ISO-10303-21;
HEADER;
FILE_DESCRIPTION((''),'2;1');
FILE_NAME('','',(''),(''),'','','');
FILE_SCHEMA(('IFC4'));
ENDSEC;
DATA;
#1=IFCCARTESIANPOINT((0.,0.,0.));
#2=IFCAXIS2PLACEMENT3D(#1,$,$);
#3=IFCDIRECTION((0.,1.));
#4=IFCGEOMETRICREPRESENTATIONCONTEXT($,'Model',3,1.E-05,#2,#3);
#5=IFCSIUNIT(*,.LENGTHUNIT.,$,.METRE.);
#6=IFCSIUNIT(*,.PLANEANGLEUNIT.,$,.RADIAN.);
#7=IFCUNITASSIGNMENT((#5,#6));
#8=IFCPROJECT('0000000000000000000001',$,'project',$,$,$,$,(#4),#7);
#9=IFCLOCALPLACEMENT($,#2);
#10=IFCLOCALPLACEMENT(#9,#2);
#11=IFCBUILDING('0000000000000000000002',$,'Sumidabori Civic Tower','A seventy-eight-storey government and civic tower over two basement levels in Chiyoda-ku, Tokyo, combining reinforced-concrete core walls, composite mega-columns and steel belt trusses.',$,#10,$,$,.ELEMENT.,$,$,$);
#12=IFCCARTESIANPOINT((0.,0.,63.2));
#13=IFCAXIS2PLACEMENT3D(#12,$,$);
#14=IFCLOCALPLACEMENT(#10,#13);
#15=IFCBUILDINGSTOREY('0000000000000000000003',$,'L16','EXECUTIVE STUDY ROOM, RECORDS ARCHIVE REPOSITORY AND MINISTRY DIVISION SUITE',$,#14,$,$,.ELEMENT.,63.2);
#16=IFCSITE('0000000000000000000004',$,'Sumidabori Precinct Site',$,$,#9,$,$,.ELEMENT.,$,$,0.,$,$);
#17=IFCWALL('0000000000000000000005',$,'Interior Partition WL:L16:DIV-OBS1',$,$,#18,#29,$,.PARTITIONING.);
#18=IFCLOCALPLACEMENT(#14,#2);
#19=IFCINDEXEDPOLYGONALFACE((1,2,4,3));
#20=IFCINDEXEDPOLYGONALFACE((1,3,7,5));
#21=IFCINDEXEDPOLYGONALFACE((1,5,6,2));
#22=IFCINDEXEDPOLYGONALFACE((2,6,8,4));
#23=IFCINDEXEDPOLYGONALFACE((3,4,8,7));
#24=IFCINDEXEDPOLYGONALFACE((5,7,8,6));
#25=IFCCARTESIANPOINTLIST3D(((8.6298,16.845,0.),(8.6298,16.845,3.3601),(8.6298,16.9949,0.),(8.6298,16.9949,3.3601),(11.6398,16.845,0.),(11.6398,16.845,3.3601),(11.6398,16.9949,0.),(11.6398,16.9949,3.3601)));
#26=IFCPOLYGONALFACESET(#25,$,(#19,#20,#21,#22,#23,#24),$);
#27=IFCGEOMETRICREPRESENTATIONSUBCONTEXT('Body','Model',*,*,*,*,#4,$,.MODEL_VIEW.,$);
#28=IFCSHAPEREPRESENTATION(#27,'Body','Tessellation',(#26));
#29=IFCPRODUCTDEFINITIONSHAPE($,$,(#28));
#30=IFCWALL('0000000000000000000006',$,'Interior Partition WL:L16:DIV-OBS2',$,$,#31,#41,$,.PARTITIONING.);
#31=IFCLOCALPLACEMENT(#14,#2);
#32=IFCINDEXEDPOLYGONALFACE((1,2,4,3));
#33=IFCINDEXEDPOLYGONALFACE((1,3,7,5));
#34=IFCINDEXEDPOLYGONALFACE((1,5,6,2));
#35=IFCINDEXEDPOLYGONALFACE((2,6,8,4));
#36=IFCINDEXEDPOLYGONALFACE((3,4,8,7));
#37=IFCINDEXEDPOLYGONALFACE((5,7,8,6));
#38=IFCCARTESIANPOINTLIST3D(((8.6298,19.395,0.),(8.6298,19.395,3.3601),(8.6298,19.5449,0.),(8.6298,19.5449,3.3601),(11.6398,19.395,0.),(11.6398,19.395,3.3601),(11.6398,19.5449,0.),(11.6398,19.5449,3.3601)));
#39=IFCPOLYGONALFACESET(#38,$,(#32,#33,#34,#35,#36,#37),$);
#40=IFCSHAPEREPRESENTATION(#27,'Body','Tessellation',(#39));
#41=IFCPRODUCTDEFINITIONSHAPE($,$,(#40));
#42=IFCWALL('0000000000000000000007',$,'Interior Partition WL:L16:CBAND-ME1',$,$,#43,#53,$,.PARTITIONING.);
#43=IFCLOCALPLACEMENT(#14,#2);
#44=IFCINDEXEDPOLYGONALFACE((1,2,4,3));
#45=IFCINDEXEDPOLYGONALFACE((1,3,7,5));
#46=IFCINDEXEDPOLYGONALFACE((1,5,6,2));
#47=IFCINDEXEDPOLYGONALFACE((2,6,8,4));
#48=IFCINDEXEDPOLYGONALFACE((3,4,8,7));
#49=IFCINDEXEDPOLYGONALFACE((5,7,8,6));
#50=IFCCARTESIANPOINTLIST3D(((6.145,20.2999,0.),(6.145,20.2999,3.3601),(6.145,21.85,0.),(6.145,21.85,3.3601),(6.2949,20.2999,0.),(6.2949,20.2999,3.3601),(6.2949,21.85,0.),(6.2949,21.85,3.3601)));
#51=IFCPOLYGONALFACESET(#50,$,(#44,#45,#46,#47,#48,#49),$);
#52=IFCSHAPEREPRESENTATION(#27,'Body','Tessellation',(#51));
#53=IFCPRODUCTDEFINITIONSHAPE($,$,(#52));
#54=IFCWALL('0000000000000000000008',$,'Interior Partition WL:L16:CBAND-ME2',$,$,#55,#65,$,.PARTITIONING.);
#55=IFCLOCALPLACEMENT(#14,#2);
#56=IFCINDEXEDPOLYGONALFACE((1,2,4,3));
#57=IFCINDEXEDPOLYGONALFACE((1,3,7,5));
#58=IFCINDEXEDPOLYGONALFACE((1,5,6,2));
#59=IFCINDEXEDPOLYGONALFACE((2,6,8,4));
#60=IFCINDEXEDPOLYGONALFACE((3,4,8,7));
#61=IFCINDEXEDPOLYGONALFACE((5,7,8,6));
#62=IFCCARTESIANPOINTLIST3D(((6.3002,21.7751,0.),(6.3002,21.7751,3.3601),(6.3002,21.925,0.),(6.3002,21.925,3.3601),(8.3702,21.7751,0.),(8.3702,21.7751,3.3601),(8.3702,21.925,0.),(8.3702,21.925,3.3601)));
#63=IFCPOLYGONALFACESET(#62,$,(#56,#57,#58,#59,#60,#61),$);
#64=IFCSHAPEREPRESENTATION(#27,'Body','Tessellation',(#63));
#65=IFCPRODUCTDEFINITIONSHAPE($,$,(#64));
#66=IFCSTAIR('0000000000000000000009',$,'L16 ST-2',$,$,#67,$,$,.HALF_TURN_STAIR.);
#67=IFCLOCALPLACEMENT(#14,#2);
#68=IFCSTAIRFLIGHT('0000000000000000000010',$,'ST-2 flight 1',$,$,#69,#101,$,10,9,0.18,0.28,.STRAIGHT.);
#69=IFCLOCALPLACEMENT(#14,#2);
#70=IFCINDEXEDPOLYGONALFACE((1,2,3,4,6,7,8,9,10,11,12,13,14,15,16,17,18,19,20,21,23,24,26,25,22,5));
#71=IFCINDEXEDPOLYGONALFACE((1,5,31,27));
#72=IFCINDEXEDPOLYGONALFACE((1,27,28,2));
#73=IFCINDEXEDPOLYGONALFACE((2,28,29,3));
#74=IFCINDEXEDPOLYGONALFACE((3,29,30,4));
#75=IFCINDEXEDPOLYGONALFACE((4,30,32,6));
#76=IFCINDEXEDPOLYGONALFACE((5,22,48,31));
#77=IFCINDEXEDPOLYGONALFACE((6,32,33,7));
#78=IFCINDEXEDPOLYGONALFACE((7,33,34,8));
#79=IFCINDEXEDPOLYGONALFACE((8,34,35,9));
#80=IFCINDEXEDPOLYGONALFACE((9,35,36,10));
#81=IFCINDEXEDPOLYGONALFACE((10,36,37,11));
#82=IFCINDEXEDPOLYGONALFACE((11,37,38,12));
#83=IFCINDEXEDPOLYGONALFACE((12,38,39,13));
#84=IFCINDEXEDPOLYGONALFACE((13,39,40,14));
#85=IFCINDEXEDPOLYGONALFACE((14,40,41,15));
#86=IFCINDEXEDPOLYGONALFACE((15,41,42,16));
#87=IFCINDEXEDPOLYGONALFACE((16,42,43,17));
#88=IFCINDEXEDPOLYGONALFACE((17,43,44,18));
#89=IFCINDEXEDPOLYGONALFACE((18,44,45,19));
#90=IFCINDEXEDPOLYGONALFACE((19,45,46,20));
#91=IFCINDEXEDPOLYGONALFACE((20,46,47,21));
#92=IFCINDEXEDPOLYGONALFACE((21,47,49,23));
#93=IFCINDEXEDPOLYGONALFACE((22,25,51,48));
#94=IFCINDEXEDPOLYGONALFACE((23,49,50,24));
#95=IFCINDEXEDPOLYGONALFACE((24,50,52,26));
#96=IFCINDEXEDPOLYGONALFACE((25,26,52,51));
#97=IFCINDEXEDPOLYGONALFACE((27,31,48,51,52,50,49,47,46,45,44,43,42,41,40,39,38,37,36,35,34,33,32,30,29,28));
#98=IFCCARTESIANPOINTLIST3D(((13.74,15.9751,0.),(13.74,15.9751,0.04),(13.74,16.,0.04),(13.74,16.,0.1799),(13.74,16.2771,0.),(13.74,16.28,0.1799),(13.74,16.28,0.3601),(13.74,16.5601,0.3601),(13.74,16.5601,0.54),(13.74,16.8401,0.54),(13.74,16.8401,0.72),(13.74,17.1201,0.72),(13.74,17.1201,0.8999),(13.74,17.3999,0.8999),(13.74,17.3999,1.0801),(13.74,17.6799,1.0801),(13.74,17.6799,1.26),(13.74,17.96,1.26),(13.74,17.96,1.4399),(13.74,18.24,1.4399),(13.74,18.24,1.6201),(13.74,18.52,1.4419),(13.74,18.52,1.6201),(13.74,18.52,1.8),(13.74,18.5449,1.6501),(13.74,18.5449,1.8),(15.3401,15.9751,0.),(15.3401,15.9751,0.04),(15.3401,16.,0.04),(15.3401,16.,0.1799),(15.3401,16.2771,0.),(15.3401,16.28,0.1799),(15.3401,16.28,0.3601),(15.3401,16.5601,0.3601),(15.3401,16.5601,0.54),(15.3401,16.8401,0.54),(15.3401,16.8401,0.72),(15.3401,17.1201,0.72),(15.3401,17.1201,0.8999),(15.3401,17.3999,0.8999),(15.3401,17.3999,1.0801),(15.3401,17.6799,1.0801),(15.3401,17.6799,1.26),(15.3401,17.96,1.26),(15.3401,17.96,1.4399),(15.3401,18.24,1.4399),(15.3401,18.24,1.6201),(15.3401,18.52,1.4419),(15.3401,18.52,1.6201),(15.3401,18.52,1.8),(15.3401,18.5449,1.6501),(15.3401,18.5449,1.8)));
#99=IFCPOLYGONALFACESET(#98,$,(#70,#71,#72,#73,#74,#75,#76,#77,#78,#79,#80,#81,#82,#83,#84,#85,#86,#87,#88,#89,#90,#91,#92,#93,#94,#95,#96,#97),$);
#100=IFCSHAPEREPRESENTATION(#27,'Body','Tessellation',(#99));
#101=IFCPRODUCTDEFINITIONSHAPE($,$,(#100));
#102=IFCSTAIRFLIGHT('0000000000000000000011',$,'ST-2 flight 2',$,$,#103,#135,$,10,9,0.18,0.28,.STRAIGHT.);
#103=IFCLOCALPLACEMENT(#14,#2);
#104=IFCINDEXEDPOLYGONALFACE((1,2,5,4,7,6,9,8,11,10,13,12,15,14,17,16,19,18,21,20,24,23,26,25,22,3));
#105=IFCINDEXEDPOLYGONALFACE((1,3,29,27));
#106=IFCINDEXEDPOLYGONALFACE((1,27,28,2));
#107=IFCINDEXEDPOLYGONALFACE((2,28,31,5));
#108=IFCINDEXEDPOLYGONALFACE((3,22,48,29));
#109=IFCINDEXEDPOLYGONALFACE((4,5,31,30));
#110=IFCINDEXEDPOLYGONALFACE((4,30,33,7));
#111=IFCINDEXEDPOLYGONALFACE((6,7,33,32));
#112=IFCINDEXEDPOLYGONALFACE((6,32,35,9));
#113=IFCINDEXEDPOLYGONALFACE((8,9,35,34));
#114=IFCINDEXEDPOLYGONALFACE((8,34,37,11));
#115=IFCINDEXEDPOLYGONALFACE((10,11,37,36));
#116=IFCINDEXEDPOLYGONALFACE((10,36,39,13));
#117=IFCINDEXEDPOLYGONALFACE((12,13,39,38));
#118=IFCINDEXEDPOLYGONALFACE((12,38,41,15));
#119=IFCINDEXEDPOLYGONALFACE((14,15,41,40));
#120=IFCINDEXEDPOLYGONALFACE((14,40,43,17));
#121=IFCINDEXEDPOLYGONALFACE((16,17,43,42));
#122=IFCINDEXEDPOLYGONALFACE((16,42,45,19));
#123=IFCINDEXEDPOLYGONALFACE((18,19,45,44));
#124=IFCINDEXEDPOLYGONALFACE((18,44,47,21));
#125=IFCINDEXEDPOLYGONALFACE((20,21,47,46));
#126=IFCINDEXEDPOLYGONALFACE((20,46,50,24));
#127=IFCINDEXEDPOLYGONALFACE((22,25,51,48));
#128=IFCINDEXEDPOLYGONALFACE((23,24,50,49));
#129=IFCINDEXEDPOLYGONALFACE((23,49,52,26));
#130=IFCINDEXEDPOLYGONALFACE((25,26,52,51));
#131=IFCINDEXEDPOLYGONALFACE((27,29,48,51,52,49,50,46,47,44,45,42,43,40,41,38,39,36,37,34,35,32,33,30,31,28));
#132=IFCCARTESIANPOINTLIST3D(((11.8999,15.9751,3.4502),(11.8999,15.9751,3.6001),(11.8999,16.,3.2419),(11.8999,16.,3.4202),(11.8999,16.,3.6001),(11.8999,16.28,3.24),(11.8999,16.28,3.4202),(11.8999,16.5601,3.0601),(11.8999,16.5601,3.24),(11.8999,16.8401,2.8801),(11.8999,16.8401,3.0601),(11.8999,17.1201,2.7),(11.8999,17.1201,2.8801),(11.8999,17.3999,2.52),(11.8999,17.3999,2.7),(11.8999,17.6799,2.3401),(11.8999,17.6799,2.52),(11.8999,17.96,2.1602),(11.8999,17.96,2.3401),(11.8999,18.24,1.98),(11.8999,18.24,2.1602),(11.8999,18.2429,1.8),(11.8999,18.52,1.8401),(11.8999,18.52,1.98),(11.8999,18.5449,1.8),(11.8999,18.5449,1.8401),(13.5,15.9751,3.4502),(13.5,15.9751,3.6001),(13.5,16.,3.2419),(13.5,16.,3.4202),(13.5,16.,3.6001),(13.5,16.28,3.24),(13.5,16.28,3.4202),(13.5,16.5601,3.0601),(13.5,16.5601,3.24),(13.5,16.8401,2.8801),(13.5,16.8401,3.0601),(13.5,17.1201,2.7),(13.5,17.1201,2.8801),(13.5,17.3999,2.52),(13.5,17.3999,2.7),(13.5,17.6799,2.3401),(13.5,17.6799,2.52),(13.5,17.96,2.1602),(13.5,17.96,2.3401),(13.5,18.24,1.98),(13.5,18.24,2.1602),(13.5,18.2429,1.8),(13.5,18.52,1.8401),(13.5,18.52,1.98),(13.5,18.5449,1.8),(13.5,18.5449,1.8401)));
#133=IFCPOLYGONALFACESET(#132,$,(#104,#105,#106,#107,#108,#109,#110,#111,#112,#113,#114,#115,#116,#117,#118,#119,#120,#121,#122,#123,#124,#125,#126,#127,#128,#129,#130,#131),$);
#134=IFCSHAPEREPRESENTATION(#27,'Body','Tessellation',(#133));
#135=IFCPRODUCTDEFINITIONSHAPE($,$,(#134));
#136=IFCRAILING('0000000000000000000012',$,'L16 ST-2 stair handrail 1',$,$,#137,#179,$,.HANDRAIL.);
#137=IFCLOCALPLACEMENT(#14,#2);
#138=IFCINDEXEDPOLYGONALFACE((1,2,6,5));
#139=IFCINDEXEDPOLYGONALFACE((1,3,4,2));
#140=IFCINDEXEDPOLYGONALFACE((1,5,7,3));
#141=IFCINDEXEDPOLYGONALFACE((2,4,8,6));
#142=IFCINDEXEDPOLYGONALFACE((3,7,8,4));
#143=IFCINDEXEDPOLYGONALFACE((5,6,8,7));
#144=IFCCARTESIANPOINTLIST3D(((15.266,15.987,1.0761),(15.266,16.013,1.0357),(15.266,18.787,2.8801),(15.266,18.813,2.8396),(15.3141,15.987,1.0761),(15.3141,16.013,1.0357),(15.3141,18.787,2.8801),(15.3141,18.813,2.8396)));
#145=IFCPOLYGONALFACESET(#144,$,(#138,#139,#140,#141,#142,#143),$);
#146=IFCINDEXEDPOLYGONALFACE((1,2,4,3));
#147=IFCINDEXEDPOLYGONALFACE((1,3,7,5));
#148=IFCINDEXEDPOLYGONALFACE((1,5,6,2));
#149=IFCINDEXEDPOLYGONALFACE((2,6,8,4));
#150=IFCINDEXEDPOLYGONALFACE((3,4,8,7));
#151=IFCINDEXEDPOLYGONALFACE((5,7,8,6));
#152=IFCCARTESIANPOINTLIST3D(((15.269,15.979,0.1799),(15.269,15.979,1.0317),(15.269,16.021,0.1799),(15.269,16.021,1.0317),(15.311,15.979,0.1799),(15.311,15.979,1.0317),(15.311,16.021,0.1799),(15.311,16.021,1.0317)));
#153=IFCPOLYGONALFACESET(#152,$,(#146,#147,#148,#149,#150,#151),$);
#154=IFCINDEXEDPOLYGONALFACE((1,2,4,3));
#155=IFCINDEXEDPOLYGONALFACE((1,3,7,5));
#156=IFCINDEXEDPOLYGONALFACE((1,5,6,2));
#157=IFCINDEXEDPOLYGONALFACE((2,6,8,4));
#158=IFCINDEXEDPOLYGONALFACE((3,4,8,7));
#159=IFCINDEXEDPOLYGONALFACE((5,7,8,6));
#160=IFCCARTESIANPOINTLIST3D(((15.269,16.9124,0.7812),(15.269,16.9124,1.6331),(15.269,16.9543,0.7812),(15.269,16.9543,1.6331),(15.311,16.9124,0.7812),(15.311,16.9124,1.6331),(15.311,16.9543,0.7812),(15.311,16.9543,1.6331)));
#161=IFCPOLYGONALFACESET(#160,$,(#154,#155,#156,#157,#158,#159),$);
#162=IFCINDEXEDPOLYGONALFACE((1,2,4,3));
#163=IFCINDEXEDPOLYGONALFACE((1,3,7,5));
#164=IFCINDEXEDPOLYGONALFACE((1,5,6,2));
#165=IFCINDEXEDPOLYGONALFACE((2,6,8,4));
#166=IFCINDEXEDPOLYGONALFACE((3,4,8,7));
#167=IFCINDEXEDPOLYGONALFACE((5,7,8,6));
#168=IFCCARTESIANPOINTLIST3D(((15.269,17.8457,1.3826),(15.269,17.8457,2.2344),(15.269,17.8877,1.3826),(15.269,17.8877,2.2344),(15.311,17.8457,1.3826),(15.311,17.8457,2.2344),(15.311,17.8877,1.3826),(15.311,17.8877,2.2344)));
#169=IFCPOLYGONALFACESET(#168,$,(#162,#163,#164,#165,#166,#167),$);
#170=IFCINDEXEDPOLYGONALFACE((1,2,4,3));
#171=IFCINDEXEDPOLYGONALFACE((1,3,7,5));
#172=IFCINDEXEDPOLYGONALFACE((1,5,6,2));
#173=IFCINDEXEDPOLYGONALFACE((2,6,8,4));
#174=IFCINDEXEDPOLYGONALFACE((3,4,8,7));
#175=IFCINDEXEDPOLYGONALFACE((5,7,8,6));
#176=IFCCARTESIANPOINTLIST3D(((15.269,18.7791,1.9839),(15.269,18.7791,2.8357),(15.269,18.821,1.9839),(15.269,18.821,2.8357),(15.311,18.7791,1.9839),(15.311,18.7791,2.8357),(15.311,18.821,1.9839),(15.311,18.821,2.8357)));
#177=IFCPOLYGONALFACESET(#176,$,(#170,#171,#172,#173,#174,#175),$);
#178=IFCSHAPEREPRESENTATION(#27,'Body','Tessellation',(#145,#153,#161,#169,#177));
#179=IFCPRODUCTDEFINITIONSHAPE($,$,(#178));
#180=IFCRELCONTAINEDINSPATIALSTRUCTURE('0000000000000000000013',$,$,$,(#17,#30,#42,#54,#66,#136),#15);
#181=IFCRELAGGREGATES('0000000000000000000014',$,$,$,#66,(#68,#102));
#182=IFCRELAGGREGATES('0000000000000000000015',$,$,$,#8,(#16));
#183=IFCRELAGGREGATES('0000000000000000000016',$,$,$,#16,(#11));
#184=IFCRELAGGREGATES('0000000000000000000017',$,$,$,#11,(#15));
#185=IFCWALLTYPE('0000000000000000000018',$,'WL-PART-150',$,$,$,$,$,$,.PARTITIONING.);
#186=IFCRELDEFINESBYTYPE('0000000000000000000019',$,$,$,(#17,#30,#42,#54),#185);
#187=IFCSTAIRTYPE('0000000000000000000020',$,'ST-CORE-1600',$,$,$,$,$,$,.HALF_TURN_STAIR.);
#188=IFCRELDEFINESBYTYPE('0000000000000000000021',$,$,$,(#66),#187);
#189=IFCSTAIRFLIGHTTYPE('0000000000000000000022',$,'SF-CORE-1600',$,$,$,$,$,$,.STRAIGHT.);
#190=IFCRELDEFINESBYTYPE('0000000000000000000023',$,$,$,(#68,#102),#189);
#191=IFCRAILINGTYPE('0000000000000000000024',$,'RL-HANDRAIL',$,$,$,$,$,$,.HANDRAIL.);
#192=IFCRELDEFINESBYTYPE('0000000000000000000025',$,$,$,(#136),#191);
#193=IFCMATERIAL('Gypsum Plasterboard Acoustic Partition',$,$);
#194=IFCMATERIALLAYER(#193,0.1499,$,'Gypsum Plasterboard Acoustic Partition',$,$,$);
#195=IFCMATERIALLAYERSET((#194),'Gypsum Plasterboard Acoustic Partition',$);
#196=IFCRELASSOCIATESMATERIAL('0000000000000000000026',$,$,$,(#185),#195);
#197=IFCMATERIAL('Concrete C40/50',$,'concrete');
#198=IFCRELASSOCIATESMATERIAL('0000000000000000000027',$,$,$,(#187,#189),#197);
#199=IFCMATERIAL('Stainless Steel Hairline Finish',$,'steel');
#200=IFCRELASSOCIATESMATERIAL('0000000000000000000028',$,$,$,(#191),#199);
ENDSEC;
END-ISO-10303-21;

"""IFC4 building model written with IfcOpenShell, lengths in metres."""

from ifc_helpers import new_model, si_unit, direction, frame, frame_2d, origin, origin_2d, place, context, subcontext, project, spatial, polyline, rectangle, outline, extrude, source, transform, mapped, material, layer, layer_set, type_object, element, aggregate, save


model = new_model("IFC4")

# Units and contexts
model_context = context("Model", 3, precision=1e-05, world=origin(), true_north=direction((0.0, 1.0)))
body_context = subcontext(model_context, "Body", "Model", "MODEL_VIEW")
ifc_project = project(units=[si_unit("LENGTHUNIT", "METRE"), si_unit("PLANEANGLEUNIT", "RADIAN")], contexts=[model_context])

# Site, building, storey
site_placement = place(None, origin())
site = spatial("IfcSite", under=ifc_project, at=site_placement, Name="Sumidabori Precinct Site", CompositionType="ELEMENT", RefElevation=0.0)
building_placement = place(site_placement, origin())
building = spatial("IfcBuilding", under=site, at=building_placement, Name="Sumidabori Civic Tower", Description="A seventy-eight-storey government and civic tower over two basement levels in Chiyoda-ku, Tokyo, combining reinforced-concrete core walls, composite mega-columns and steel belt trusses.", CompositionType="ELEMENT")
storey_placement = place(building_placement, frame((0.0, 0.0, 63.2)))
storey = spatial("IfcBuildingStorey", under=building, at=storey_placement, Name="L16", Description="EXECUTIVE STUDY ROOM, RECORDS ARCHIVE REPOSITORY AND MINISTRY DIVISION SUITE", CompositionType="ELEMENT", Elevation=63.2)

# Walls
ifc_material_1 = material(Name="Gypsum Plasterboard Acoustic Partition")
ifc_layer_1 = layer(ifc_material_1, 0.1499, Name="Gypsum Plasterboard Acoustic Partition")
ifc_layer_set_1 = layer_set([ifc_layer_1], Name="Gypsum Plasterboard Acoustic Partition")
wall_type_1 = type_object("IfcWallType", Name="WL-PART-150", PredefinedType="PARTITIONING", material=ifc_layer_set_1)
shared_shape_1 = source(origin(), body_context, "Body", "SweptSolid", [
    extrude(rectangle(XDim=3.01, YDim=0.1499, at=frame_2d((1.5049, 0.0))), origin(), (0.0, 0.0, 1.0), 3.3601),
])
for number, where, z_axis, x_axis, name in (
    (1, (8.6299, 16.9199, 0.0), (0.0, 0.0, 1.0), (1.0, 0.0, 0.0), "Interior Partition WL:L16:DIV-OBS1"),
    (2, (8.6299, 19.47, 0.0), (0.0, 0.0, 1.0), (1.0, 0.0, 0.0), "Interior Partition WL:L16:DIV-OBS2"),
):
    element("IfcWall", number, at=place(storey_placement, frame(where, z_axis=z_axis, x_axis=x_axis)), inside=storey, type_object=wall_type_1, Name=name, PredefinedType="PARTITIONING", context=body_context, shape_type="MappedRepresentation", body=[
        mapped(shared_shape_1, transform((0.0, 0.0, 0.0), x_axis=(1.0, 0.0, 0.0), y_axis=(0.0, 1.0, 0.0), z_axis=(0.0, 0.0, 1.0), scale=1.0)),
    ])
shared_shape_2 = source(origin(), body_context, "Body", "SweptSolid", [
    extrude(rectangle(XDim=1.55, YDim=0.1499, at=frame_2d((0.7749, 0.0))), origin(), (0.0, 0.0, 1.0), 3.3601),
])
wall_1_placement = place(storey_placement, frame((6.22, 20.3, 0.0), z_axis=(0.0, 0.0, 1.0), x_axis=(0.0, 1.0, 0.0)))
element("IfcWall", 3, at=wall_1_placement, inside=storey, type_object=wall_type_1, Name="Interior Partition WL:L16:CBAND-ME1", PredefinedType="PARTITIONING", context=body_context, shape_type="MappedRepresentation", body=[
    mapped(shared_shape_2, transform((0.0, 0.0, 0.0), x_axis=(1.0, 0.0, 0.0), y_axis=(0.0, 1.0, 0.0), z_axis=(0.0, 0.0, 1.0), scale=1.0)),
])
shared_shape_3 = source(origin(), body_context, "Body", "SweptSolid", [
    extrude(rectangle(XDim=2.0701, YDim=0.1499, at=frame_2d((1.0352, 0.0))), origin(), (0.0, 0.0, 1.0), 3.3601),
])
wall_2_placement = place(storey_placement, frame((6.3, 21.8501, 0.0), z_axis=(0.0, 0.0, 1.0), x_axis=(1.0, 0.0, 0.0)))
element("IfcWall", 4, at=wall_2_placement, inside=storey, type_object=wall_type_1, Name="Interior Partition WL:L16:CBAND-ME2", PredefinedType="PARTITIONING", context=body_context, shape_type="MappedRepresentation", body=[
    mapped(shared_shape_3, transform((0.0, 0.0, 0.0), x_axis=(1.0, 0.0, 0.0), y_axis=(0.0, 1.0, 0.0), z_axis=(0.0, 0.0, 1.0), scale=1.0)),
])

# Stair, stair flights
ifc_material_2 = material(Name="Concrete C40/50", Category="concrete")
stair_type = type_object("IfcStairType", Name="ST-CORE-1600", PredefinedType="HALF_TURN_STAIR", material=ifc_material_2)
stair_placement = place(storey_placement, origin())
stair = element("IfcStair", 5, at=stair_placement, inside=storey, type_object=stair_type, Name="L16 ST-2", PredefinedType="HALF_TURN_STAIR")
stair_flight_type = type_object("IfcStairFlightType", Name="SF-CORE-1600", PredefinedType="STRAIGHT", material=ifc_material_2)
shared_shape_4 = source(origin(), body_context, "Body", "SweptSolid", [
    extrude(outline(polyline([(-0.0249, 0.0), (-0.0249, 0.04), (0.0, 0.04), (0.0, 0.1799), (0.28, 0.1799), (0.28, 0.3601), (0.5601, 0.3601), (0.5601, 0.54), (0.8401, 0.54), (0.8401, 0.72), (1.1201, 0.72), (1.1201, 0.8999), (1.3999, 0.8999), (1.3999, 1.0801), (1.6799, 1.0801), (1.6799, 1.26), (1.96, 1.26), (1.96, 1.4399), (2.24, 1.4399), (2.24, 1.6201), (2.52, 1.6201), (2.52, 1.8), (2.5449, 1.8), (2.5449, 1.6501), (2.52, 1.4419), (0.2771, 0.0), (-0.0249, 0.0)])), frame((0.0, 0.8, 0.0), z_axis=(0.0, -1.0, 0.0), x_axis=(1.0, 0.0, 0.0)), (0.0, 0.0, 1.0), 1.6001),
])
stair_flight_1_placement = place(storey_placement, frame((14.54, 16.0, 0.0), z_axis=(0.0, 0.0, 1.0), x_axis=(0.0, 1.0, 0.0)))
stair_flight_1 = element("IfcStairFlight", 6, at=stair_flight_1_placement, type_object=stair_flight_type, Name="ST-2 flight 1", NumberOfRisers=10, NumberOfTreads=9, PredefinedType="STRAIGHT", RiserHeight=0.18, TreadLength=0.28, context=body_context, shape_type="MappedRepresentation", body=[
    mapped(shared_shape_4, transform((0.0, 0.0, 0.0), x_axis=(1.0, 0.0, 0.0), y_axis=(0.0, 1.0, 0.0), z_axis=(0.0, 0.0, 1.0), scale=1.0)),
])
stair_flight_2_placement = place(storey_placement, frame((12.7, 18.52, 1.8), z_axis=(0.0, 0.0, 1.0), x_axis=(0.0, -1.0, 0.0)))
stair_flight_2 = element("IfcStairFlight", 7, at=stair_flight_2_placement, type_object=stair_flight_type, Name="ST-2 flight 2", NumberOfRisers=10, NumberOfTreads=9, PredefinedType="STRAIGHT", RiserHeight=0.18, TreadLength=0.28, context=body_context, shape_type="MappedRepresentation", body=[
    mapped(shared_shape_4, transform((0.0, 0.0, 0.0), x_axis=(1.0, 0.0, 0.0), y_axis=(0.0, 1.0, 0.0), z_axis=(0.0, 0.0, 1.0), scale=1.0)),
])
aggregate(stair, [stair_flight_1, stair_flight_2])

# Railing
ifc_material_3 = material(Name="Stainless Steel Hairline Finish", Category="steel")
railing_type_1 = type_object("IfcRailingType", Name="RL-HANDRAIL", PredefinedType="HANDRAIL", material=ifc_material_3)
railing_1_placement = place(storey_placement, frame((15.29, 16.0, 0.1799)))
element("IfcRailing", 8, at=railing_1_placement, inside=storey, type_object=railing_type_1, Name="L16 ST-2 stair handrail 1", PredefinedType="HANDRAIL", context=body_context, shape_type="SweptSolid", body=[
    extrude(rectangle(XDim=0.0481, YDim=0.0481, at=origin_2d()), frame((0.0, 0.0, 0.876), z_axis=(0.0, 0.840642, 0.541591), x_axis=(-1.0, 0.0, 0.0)), (0.0, 0.0, 1.0), 3.3308),
    extrude(rectangle(XDim=0.042, YDim=0.042, at=origin_2d()), origin(), (0.0, 0.0, 1.0), 0.8518),
    extrude(rectangle(XDim=0.042, YDim=0.042, at=origin_2d()), frame((0.0, 0.9333, 0.6013)), (0.0, 0.0, 1.0), 0.8518),
    extrude(rectangle(XDim=0.042, YDim=0.042, at=origin_2d()), frame((0.0, 1.8667, 1.2026)), (0.0, 0.0, 1.0), 0.8518),
    extrude(rectangle(XDim=0.042, YDim=0.042, at=origin_2d()), frame((0.0, 2.8, 1.804)), (0.0, 0.0, 1.0), 0.8518),
])

save(model, "model.ifc")
